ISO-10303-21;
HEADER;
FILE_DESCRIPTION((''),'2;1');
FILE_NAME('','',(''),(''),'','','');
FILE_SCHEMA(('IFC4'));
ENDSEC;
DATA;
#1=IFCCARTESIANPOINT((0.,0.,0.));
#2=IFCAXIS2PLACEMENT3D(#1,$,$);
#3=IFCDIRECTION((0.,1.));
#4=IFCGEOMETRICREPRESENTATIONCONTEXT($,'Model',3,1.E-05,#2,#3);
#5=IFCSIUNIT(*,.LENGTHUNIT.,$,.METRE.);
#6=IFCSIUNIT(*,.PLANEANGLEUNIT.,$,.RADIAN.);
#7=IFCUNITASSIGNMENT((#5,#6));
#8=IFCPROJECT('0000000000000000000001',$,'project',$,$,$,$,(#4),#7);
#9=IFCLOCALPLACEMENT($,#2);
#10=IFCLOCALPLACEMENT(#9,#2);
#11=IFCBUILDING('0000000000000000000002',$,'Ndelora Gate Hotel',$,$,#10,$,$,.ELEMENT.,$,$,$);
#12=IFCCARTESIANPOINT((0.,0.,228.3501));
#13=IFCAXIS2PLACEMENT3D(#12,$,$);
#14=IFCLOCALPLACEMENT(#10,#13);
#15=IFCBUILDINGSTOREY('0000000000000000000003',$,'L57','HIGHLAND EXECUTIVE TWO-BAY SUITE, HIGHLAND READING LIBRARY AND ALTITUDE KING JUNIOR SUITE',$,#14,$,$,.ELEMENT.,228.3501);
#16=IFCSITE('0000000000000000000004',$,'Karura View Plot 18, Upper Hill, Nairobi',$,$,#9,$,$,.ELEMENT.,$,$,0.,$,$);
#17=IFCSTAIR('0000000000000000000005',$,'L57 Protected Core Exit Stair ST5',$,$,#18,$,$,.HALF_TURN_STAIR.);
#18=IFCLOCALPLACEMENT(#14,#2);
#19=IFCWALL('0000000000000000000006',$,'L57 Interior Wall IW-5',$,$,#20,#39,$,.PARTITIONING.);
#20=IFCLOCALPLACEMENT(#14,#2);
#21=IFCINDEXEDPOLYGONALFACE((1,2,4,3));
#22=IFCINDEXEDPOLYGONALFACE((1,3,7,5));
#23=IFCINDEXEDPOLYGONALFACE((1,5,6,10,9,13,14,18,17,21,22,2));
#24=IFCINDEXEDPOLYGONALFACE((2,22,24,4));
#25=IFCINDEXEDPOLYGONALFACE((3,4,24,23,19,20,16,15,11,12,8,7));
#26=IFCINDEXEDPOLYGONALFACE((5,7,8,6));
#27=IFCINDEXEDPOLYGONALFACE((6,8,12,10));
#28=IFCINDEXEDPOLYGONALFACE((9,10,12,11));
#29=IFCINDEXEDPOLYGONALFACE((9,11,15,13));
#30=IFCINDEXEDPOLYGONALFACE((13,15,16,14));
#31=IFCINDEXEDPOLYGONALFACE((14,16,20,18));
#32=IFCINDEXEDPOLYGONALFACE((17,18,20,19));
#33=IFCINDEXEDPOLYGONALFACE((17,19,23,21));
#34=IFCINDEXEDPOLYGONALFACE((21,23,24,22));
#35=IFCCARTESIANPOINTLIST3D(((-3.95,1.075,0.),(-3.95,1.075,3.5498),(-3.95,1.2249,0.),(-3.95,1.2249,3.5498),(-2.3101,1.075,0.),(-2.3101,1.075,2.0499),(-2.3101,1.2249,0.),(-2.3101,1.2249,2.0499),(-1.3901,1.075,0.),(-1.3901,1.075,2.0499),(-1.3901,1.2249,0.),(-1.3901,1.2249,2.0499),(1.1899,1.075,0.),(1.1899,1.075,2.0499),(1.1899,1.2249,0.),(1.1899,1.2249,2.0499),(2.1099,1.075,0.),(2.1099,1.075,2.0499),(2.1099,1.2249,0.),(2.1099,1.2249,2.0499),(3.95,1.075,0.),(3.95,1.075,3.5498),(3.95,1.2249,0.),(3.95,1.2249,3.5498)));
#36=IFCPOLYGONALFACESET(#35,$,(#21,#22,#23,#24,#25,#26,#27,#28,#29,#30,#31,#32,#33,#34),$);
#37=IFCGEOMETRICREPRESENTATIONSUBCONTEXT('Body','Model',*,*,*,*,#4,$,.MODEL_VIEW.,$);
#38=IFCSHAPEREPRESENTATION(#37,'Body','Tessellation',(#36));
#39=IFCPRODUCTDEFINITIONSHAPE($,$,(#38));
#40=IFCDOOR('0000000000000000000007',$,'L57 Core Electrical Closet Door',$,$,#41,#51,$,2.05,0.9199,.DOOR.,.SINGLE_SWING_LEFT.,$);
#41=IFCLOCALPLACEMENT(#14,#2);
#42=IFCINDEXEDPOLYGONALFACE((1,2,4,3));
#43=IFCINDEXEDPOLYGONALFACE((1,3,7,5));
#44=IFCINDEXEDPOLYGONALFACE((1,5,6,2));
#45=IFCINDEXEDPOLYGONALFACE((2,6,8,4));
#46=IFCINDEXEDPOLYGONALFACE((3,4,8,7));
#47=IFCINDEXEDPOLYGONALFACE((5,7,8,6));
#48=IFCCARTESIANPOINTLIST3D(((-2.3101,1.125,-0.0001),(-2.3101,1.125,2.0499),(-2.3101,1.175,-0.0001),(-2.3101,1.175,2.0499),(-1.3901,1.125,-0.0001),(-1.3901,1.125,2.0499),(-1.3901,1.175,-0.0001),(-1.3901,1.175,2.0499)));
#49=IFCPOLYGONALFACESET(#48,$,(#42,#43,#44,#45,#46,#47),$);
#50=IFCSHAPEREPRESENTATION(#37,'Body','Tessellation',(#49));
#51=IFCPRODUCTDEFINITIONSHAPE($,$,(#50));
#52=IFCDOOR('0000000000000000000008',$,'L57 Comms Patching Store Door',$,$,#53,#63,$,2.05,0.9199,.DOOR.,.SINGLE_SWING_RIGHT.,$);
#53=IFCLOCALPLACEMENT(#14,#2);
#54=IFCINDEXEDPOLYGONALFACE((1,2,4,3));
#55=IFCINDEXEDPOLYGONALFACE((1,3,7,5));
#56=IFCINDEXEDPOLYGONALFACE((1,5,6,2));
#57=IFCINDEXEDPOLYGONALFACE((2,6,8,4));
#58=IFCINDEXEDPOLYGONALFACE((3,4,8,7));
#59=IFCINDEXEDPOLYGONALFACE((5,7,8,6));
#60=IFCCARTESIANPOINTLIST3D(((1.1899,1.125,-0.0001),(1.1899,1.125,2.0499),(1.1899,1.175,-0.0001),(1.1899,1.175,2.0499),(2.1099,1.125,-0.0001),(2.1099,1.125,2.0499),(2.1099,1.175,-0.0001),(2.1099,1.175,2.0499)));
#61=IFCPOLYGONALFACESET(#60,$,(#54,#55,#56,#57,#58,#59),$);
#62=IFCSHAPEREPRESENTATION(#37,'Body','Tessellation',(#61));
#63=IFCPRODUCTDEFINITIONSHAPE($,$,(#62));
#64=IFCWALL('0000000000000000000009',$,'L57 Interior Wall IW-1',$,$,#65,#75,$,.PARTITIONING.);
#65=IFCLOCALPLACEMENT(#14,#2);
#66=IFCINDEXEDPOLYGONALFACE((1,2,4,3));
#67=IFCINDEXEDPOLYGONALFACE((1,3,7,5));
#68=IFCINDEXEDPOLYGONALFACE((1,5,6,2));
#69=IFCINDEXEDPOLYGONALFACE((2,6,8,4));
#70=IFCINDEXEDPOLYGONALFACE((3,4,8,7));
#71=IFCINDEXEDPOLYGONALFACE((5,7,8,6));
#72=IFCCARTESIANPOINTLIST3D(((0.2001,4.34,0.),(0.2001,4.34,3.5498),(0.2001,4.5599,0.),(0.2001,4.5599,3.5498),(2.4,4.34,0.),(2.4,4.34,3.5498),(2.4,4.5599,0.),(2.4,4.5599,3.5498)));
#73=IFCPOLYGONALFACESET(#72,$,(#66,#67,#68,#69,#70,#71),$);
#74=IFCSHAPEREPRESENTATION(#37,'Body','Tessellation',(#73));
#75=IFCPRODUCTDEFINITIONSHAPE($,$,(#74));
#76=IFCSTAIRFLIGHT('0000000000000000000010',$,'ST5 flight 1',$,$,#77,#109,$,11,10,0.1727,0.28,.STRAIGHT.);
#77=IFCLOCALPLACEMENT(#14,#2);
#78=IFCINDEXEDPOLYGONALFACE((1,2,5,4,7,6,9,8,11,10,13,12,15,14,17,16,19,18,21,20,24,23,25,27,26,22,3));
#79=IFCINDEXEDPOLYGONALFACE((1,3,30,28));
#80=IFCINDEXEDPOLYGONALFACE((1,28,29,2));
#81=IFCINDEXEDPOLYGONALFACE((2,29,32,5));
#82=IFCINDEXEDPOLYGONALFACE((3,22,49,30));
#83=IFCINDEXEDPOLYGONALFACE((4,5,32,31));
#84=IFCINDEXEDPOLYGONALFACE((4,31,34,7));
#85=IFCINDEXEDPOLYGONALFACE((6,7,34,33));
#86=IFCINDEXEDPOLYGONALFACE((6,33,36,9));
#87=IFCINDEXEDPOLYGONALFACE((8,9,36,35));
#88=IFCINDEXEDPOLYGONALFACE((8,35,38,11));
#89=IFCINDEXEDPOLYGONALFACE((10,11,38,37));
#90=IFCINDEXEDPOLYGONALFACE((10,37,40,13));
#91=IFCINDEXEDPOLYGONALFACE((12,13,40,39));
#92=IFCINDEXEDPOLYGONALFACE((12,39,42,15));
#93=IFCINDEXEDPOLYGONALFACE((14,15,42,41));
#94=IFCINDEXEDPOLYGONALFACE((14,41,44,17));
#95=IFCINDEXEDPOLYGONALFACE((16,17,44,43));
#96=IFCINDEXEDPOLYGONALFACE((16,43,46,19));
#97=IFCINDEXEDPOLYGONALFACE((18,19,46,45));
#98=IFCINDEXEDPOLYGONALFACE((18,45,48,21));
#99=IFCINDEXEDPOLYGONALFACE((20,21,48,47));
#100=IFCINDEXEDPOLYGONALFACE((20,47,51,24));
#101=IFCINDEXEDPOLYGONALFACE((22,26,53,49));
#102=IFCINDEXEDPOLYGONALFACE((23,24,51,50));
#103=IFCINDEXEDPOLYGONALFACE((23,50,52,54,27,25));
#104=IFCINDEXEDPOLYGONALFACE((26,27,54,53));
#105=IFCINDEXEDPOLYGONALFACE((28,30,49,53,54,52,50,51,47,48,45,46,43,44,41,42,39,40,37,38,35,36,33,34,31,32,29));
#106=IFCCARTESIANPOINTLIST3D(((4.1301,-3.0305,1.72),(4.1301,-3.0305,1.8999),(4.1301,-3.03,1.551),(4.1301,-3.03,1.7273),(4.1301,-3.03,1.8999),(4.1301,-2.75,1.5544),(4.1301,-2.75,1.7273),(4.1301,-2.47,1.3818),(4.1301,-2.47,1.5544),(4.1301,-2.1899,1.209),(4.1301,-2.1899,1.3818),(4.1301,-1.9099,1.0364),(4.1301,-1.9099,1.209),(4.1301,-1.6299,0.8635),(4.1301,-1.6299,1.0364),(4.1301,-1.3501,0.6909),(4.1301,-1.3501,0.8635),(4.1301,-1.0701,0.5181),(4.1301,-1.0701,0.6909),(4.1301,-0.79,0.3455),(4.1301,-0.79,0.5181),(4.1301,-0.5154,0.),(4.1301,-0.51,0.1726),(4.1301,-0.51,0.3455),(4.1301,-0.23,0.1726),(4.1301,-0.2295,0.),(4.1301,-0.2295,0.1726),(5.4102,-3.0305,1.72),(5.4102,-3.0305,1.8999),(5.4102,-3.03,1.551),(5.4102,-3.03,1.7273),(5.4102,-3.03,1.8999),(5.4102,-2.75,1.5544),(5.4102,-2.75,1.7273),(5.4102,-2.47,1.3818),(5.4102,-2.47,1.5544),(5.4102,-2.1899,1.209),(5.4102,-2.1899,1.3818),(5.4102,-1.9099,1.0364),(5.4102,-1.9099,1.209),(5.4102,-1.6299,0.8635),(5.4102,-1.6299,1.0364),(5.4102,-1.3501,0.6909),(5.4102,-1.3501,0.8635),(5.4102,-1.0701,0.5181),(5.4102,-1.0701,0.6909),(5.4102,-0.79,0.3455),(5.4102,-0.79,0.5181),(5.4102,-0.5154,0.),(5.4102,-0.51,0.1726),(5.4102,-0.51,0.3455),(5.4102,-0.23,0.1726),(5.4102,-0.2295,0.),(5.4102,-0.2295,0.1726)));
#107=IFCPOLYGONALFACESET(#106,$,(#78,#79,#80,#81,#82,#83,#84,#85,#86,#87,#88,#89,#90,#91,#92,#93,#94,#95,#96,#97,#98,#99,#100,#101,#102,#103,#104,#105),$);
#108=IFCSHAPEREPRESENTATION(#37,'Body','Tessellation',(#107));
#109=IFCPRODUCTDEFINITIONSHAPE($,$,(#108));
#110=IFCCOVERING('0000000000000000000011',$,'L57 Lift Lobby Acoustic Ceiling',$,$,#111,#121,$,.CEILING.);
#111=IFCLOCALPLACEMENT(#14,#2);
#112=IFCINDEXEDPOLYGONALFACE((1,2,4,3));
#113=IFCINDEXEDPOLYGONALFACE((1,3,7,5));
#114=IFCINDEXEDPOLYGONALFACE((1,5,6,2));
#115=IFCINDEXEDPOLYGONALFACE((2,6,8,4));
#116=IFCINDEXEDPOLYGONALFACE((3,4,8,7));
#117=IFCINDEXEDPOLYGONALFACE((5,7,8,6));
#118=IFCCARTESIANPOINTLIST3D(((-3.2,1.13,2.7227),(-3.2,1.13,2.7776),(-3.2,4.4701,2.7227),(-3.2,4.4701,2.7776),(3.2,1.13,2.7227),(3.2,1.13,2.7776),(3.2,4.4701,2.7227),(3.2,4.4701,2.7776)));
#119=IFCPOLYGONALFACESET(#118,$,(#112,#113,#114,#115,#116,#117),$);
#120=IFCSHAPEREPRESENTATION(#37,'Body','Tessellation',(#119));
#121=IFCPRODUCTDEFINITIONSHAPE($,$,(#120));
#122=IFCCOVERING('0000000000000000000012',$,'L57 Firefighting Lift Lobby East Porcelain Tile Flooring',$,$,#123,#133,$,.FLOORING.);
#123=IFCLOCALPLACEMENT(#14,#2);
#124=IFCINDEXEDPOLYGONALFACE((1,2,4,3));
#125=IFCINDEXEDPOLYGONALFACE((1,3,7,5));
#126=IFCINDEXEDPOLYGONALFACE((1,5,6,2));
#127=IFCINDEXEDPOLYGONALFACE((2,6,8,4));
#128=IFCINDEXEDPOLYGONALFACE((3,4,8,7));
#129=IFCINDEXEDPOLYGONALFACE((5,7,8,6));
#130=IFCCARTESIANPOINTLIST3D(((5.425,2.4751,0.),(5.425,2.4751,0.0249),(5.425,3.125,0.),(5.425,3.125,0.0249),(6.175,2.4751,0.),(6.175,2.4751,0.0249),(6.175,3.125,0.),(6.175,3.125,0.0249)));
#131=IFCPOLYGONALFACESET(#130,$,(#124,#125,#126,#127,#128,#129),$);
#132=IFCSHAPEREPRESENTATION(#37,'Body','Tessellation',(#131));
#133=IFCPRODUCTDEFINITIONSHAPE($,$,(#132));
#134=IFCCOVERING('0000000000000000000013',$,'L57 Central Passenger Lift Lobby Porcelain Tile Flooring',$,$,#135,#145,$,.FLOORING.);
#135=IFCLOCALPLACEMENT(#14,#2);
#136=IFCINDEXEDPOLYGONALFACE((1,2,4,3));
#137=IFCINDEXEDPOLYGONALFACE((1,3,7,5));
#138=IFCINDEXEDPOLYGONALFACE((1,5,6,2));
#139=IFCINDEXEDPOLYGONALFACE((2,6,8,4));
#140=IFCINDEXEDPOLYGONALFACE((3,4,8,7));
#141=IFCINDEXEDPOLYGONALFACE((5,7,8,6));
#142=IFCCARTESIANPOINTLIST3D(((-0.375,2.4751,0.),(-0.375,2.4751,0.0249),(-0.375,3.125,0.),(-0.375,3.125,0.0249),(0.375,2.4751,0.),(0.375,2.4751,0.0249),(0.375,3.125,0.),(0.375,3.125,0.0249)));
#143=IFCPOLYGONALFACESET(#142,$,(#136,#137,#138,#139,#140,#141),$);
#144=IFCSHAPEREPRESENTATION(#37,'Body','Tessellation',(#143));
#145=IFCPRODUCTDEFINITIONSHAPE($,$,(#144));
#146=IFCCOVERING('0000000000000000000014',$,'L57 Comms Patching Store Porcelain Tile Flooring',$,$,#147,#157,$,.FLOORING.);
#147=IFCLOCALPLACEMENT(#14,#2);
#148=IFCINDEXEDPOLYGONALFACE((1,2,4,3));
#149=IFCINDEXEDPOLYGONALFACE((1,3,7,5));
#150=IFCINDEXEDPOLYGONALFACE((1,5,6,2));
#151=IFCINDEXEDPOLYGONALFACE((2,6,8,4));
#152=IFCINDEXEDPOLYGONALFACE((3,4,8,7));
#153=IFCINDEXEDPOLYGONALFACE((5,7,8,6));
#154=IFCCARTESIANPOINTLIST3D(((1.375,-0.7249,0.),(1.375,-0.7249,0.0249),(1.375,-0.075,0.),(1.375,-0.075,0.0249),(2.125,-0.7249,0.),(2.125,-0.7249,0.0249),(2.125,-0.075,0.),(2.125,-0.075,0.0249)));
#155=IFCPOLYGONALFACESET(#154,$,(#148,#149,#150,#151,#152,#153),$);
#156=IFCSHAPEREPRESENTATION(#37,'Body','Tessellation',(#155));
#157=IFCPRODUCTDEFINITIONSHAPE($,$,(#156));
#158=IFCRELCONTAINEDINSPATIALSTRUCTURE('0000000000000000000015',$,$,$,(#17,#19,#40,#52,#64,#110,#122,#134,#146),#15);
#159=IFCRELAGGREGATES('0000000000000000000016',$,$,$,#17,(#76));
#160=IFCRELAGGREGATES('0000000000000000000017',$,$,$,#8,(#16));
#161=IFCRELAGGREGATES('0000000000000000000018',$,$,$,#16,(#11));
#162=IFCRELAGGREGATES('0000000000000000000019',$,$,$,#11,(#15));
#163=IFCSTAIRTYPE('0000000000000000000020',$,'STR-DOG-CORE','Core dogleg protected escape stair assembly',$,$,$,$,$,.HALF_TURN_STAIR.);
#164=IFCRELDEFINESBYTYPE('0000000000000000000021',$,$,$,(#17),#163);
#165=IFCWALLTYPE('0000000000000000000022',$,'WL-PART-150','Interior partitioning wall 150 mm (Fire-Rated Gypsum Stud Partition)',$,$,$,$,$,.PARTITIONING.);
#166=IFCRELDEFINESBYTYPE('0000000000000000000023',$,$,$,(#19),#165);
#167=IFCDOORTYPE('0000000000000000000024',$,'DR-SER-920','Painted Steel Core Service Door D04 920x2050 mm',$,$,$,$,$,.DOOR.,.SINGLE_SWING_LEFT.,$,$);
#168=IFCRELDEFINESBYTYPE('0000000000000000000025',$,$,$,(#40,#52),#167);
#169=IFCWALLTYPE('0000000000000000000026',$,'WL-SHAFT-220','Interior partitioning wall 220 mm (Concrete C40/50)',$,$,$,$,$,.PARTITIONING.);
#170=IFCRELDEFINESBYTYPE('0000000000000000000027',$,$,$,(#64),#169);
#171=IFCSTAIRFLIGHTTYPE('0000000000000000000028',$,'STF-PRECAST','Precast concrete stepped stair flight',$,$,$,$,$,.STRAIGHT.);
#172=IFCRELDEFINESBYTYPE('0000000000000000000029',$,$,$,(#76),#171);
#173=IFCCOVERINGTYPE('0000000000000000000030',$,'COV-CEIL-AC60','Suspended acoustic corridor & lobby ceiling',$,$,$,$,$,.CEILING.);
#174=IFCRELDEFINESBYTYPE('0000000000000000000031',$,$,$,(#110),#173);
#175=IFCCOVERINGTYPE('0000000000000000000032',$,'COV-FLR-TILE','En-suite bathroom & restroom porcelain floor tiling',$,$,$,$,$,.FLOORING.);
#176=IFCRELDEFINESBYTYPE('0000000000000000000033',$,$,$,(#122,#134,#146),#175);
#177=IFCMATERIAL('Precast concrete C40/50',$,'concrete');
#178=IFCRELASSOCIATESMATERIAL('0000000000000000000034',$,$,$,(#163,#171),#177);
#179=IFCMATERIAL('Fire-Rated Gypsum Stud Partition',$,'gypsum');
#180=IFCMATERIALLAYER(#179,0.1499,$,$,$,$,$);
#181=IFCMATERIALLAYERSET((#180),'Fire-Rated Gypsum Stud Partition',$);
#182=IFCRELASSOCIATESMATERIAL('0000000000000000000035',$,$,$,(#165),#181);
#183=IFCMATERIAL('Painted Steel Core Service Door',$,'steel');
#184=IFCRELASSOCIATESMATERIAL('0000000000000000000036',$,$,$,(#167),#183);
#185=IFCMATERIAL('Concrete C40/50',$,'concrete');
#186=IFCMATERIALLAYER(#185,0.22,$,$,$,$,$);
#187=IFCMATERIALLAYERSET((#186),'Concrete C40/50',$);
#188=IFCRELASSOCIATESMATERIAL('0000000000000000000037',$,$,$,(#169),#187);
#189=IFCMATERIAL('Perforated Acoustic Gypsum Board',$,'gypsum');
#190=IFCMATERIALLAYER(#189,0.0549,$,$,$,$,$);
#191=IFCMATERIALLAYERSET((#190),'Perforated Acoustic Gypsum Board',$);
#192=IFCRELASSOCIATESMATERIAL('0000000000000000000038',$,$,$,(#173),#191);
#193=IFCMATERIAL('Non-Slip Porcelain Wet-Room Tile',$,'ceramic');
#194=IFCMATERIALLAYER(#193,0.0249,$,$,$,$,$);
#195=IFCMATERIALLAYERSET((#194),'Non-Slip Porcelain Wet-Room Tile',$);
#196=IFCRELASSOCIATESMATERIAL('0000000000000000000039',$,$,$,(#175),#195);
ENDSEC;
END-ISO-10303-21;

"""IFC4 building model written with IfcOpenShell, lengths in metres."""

from ifc_helpers import new_model, si_unit, direction, frame, frame_2d, origin, origin_2d, place, context, subcontext, project, spatial, polyline, rectangle, outline, extrude, material, layer, layer_set, type_object, element, fill, aggregate, save


model = new_model("IFC4")

# Units and contexts
model_context = context("Model", 3, precision=1e-05, world=origin(), true_north=direction((0.0, 1.0)))
body_context = subcontext(model_context, "Body", "Model", "MODEL_VIEW")
ifc_project = project(units=[si_unit("LENGTHUNIT", "METRE"), si_unit("PLANEANGLEUNIT", "RADIAN")], contexts=[model_context])

# Site, building, storey
site_placement = place(None, origin())
site = spatial("IfcSite", under=ifc_project, at=site_placement, Name="Karura View Plot 18, Upper Hill, Nairobi", CompositionType="ELEMENT", RefElevation=0.0)
building_placement = place(site_placement, origin())
building = spatial("IfcBuilding", under=site, at=building_placement, Name="Ndelora Gate Hotel", CompositionType="ELEMENT")
storey_placement = place(building_placement, frame((0.0, 0.0, 228.3501)))
storey = spatial("IfcBuildingStorey", under=building, at=storey_placement, Name="L57", Description="HIGHLAND EXECUTIVE TWO-BAY SUITE, HIGHLAND READING LIBRARY AND ALTITUDE KING JUNIOR SUITE", CompositionType="ELEMENT", Elevation=228.3501)

# Stair
ifc_material_1 = material(Name="Precast concrete C40/50", Category="concrete")
stair_type = type_object("IfcStairType", Name="STR-DOG-CORE", Description="Core dogleg protected escape stair assembly", PredefinedType="HALF_TURN_STAIR", material=ifc_material_1)
stair_1_placement = place(storey_placement, origin())
stair_1 = element("IfcStair", 1, at=stair_1_placement, inside=storey, type_object=stair_type, Name="L57 Protected Core Exit Stair ST5", PredefinedType="HALF_TURN_STAIR")

# Shared definitions
ifc_material_2 = material(Name="Concrete C40/50", Category="concrete")

# Wall, openings, doors
ifc_material_3 = material(Name="Fire-Rated Gypsum Stud Partition", Category="gypsum")
ifc_layer_1 = layer(ifc_material_3, 0.1499)
ifc_layer_set_1 = layer_set([ifc_layer_1], Name="Fire-Rated Gypsum Stud Partition")
wall_type_1 = type_object("IfcWallType", Name="WL-PART-150", Description="Interior partitioning wall 150 mm (Fire-Rated Gypsum Stud Partition)", PredefinedType="PARTITIONING", material=ifc_layer_set_1)
wall_1_placement = place(storey_placement, frame((3.95, 1.1499, 0.0), z_axis=(0.0, 0.0, 1.0), x_axis=(-1.0, 0.0, 0.0)))
wall_1 = element("IfcWall", 2, at=wall_1_placement, inside=storey, type_object=wall_type_1, Name="L57 Interior Wall IW-5", PredefinedType="PARTITIONING", context=body_context, shape_type="SweptSolid", body=[
    extrude(rectangle(XDim=7.8999, YDim=0.1499, at=frame_2d((3.95, 0.0))), origin(), (0.0, 0.0, 1.0), 3.5498),
])
opening_1_placement = place(wall_1_placement, frame((5.3401, 0.0, 0.0)))
opening_1 = element("IfcOpeningElement", 3, at=opening_1_placement, cuts=wall_1, PredefinedType="OPENING", context=body_context, shape_type="SweptSolid", body=[
    extrude(rectangle(XDim=0.9199, YDim=2.05, at=frame_2d((0.46, 1.0249))), frame((0.0, 0.085, 0.0), z_axis=(0.0, -1.0, 0.0), x_axis=(1.0, 0.0, 0.0)), (0.0, 0.0, 1.0), 0.1699),
])
opening_2_placement = place(wall_1_placement, frame((1.8401, 0.0, 0.0)))
opening_2 = element("IfcOpeningElement", 4, at=opening_2_placement, cuts=wall_1, PredefinedType="OPENING", context=body_context, shape_type="SweptSolid", body=[
    extrude(rectangle(XDim=0.9199, YDim=2.05, at=frame_2d((0.46, 1.0249))), frame((0.0, 0.085, 0.0), z_axis=(0.0, -1.0, 0.0), x_axis=(1.0, 0.0, 0.0)), (0.0, 0.0, 1.0), 0.1699),
])
ifc_material_4 = material(Name="Painted Steel Core Service Door", Category="steel")
door_type_1 = type_object("IfcDoorType", Name="DR-SER-920", Description="Painted Steel Core Service Door D04 920x2050 mm", OperationType="SINGLE_SWING_LEFT", PredefinedType="DOOR", material=ifc_material_4)
door_1_placement = place(opening_1_placement, origin())
door_1 = element("IfcDoor", 5, at=door_1_placement, inside=storey, type_object=door_type_1, Name="L57 Core Electrical Closet Door", OperationType="SINGLE_SWING_LEFT", OverallHeight=2.05, OverallWidth=0.9199, PredefinedType="DOOR", context=body_context, shape_type="SweptSolid", body=[
    extrude(rectangle(XDim=0.9199, YDim=2.05, at=frame_2d((0.46, 1.0249))), frame((0.0, 0.0249, 0.0), z_axis=(0.0, -1.0, 0.0), x_axis=(1.0, 0.0, 0.0)), (0.0, 0.0, 1.0), 0.05),
])
fill(opening_1, door_1)
door_2_placement = place(opening_2_placement, origin())
door_2 = element("IfcDoor", 6, at=door_2_placement, inside=storey, type_object=door_type_1, Name="L57 Comms Patching Store Door", OperationType="SINGLE_SWING_RIGHT", OverallHeight=2.05, OverallWidth=0.9199, PredefinedType="DOOR", context=body_context, shape_type="SweptSolid", body=[
    extrude(rectangle(XDim=0.9199, YDim=2.05, at=frame_2d((0.46, 1.0249))), frame((0.0, 0.0249, 0.0), z_axis=(0.0, -1.0, 0.0), x_axis=(1.0, 0.0, 0.0)), (0.0, 0.0, 1.0), 0.05),
])
fill(opening_2, door_2)

# Shared definitions
ifc_layer_2 = layer(ifc_material_2, 0.22)
ifc_layer_set_2 = layer_set([ifc_layer_2], Name="Concrete C40/50")
wall_type_2 = type_object("IfcWallType", Name="WL-SHAFT-220", Description="Interior partitioning wall 220 mm (Concrete C40/50)", PredefinedType="PARTITIONING", material=ifc_layer_set_2)

# Wall
wall_2_placement = place(storey_placement, frame((0.2, 4.45, 0.0), z_axis=(0.0, 0.0, 1.0), x_axis=(1.0, 0.0, 0.0)))
element("IfcWall", 7, at=wall_2_placement, inside=storey, type_object=wall_type_2, Name="L57 Interior Wall IW-1", PredefinedType="PARTITIONING", context=body_context, shape_type="SweptSolid", body=[
    extrude(rectangle(XDim=2.2, YDim=0.22, at=frame_2d((1.1001, 0.0))), origin(), (0.0, 0.0, 1.0), 3.5498),
])

# Stair flight
stair_flight_type = type_object("IfcStairFlightType", Name="STF-PRECAST", Description="Precast concrete stepped stair flight", PredefinedType="STRAIGHT", material=ifc_material_1)
stair_flight_placement = place(storey_placement, frame((4.77, -0.23, 0.0), z_axis=(0.0, 0.0, 1.0), x_axis=(0.0, -1.0, 0.0)))
stair_flight = element("IfcStairFlight", 8, at=stair_flight_placement, type_object=stair_flight_type, Name="ST5 flight 1", NumberOfRisers=11, NumberOfTreads=10, PredefinedType="STRAIGHT", RiserHeight=0.1727, TreadLength=0.28, context=body_context, shape_type="SweptSolid", body=[
    extrude(outline(polyline([(-0.0005, 0.0), (-0.0005, 0.1726), (0.0, 0.1726), (0.28, 0.1726), (0.28, 0.3455), (0.5601, 0.3455), (0.5601, 0.5181), (0.8401, 0.5181), (0.8401, 0.6909), (1.1201, 0.6909), (1.1201, 0.8635), (1.3999, 0.8635), (1.3999, 1.0364), (1.6799, 1.0364), (1.6799, 1.209), (1.96, 1.209), (1.96, 1.3818), (2.24, 1.3818), (2.24, 1.5544), (2.52, 1.5544), (2.52, 1.7273), (2.8, 1.7273), (2.8, 1.8999), (2.8005, 1.8999), (2.8005, 1.72), (2.8, 1.551), (0.2854, 0.0), (-0.0005, 0.0)])), frame((0.0, 0.6401, 0.0), z_axis=(0.0, -1.0, 0.0), x_axis=(1.0, 0.0, 0.0)), (0.0, 0.0, 1.0), 1.28),
])
aggregate(stair_1, [stair_flight])

# Coverings
ifc_material_5 = material(Name="Perforated Acoustic Gypsum Board", Category="gypsum")
ifc_layer_3 = layer(ifc_material_5, 0.0549)
ifc_layer_set_3 = layer_set([ifc_layer_3], Name="Perforated Acoustic Gypsum Board")
covering_type_1 = type_object("IfcCoveringType", Name="COV-CEIL-AC60", Description="Suspended acoustic corridor & lobby ceiling", PredefinedType="CEILING", material=ifc_layer_set_3)
covering_placement = place(storey_placement, frame((0.0, 2.8, 2.7227), z_axis=(0.0, 0.0, 1.0), x_axis=(1.0, 0.0, 0.0)))
element("IfcCovering", 9, at=covering_placement, inside=storey, type_object=covering_type_1, Name="L57 Lift Lobby Acoustic Ceiling", PredefinedType="CEILING", context=body_context, shape_type="SweptSolid", body=[
    extrude(rectangle(XDim=6.3999, YDim=3.3401, at=origin_2d()), origin(), (0.0, 0.0, 1.0), 0.0549),
])
ifc_material_6 = material(Name="Non-Slip Porcelain Wet-Room Tile", Category="ceramic")
ifc_layer_4 = layer(ifc_material_6, 0.0249)
ifc_layer_set_4 = layer_set([ifc_layer_4], Name="Non-Slip Porcelain Wet-Room Tile")
covering_type_2 = type_object("IfcCoveringType", Name="COV-FLR-TILE", Description="En-suite bathroom & restroom porcelain floor tiling", PredefinedType="FLOORING", material=ifc_layer_set_4)
for number, where, z_axis, x_axis, name in (
    (10, (5.8, 2.8, 0.0), (0.0, 0.0, 1.0), (1.0, 0.0, 0.0), "L57 Firefighting Lift Lobby East Porcelain Tile Flooring"),
    (11, (0.0, 2.8, 0.0), (0.0, 0.0, 1.0), (1.0, 0.0, 0.0), "L57 Central Passenger Lift Lobby Porcelain Tile Flooring"),
    (12, (1.75, -0.3999, 0.0), (0.0, 0.0, 1.0), (1.0, 0.0, 0.0), "L57 Comms Patching Store Porcelain Tile Flooring"),
):
    element("IfcCovering", number, at=place(storey_placement, frame(where, z_axis=z_axis, x_axis=x_axis)), inside=storey, type_object=covering_type_2, Name=name, PredefinedType="FLOORING", context=body_context, shape_type="SweptSolid", body=[
        extrude(rectangle(XDim=0.75, YDim=0.6499, at=origin_2d()), origin(), (0.0, 0.0, 1.0), 0.0249),
    ])

save(model, "model.ifc")
